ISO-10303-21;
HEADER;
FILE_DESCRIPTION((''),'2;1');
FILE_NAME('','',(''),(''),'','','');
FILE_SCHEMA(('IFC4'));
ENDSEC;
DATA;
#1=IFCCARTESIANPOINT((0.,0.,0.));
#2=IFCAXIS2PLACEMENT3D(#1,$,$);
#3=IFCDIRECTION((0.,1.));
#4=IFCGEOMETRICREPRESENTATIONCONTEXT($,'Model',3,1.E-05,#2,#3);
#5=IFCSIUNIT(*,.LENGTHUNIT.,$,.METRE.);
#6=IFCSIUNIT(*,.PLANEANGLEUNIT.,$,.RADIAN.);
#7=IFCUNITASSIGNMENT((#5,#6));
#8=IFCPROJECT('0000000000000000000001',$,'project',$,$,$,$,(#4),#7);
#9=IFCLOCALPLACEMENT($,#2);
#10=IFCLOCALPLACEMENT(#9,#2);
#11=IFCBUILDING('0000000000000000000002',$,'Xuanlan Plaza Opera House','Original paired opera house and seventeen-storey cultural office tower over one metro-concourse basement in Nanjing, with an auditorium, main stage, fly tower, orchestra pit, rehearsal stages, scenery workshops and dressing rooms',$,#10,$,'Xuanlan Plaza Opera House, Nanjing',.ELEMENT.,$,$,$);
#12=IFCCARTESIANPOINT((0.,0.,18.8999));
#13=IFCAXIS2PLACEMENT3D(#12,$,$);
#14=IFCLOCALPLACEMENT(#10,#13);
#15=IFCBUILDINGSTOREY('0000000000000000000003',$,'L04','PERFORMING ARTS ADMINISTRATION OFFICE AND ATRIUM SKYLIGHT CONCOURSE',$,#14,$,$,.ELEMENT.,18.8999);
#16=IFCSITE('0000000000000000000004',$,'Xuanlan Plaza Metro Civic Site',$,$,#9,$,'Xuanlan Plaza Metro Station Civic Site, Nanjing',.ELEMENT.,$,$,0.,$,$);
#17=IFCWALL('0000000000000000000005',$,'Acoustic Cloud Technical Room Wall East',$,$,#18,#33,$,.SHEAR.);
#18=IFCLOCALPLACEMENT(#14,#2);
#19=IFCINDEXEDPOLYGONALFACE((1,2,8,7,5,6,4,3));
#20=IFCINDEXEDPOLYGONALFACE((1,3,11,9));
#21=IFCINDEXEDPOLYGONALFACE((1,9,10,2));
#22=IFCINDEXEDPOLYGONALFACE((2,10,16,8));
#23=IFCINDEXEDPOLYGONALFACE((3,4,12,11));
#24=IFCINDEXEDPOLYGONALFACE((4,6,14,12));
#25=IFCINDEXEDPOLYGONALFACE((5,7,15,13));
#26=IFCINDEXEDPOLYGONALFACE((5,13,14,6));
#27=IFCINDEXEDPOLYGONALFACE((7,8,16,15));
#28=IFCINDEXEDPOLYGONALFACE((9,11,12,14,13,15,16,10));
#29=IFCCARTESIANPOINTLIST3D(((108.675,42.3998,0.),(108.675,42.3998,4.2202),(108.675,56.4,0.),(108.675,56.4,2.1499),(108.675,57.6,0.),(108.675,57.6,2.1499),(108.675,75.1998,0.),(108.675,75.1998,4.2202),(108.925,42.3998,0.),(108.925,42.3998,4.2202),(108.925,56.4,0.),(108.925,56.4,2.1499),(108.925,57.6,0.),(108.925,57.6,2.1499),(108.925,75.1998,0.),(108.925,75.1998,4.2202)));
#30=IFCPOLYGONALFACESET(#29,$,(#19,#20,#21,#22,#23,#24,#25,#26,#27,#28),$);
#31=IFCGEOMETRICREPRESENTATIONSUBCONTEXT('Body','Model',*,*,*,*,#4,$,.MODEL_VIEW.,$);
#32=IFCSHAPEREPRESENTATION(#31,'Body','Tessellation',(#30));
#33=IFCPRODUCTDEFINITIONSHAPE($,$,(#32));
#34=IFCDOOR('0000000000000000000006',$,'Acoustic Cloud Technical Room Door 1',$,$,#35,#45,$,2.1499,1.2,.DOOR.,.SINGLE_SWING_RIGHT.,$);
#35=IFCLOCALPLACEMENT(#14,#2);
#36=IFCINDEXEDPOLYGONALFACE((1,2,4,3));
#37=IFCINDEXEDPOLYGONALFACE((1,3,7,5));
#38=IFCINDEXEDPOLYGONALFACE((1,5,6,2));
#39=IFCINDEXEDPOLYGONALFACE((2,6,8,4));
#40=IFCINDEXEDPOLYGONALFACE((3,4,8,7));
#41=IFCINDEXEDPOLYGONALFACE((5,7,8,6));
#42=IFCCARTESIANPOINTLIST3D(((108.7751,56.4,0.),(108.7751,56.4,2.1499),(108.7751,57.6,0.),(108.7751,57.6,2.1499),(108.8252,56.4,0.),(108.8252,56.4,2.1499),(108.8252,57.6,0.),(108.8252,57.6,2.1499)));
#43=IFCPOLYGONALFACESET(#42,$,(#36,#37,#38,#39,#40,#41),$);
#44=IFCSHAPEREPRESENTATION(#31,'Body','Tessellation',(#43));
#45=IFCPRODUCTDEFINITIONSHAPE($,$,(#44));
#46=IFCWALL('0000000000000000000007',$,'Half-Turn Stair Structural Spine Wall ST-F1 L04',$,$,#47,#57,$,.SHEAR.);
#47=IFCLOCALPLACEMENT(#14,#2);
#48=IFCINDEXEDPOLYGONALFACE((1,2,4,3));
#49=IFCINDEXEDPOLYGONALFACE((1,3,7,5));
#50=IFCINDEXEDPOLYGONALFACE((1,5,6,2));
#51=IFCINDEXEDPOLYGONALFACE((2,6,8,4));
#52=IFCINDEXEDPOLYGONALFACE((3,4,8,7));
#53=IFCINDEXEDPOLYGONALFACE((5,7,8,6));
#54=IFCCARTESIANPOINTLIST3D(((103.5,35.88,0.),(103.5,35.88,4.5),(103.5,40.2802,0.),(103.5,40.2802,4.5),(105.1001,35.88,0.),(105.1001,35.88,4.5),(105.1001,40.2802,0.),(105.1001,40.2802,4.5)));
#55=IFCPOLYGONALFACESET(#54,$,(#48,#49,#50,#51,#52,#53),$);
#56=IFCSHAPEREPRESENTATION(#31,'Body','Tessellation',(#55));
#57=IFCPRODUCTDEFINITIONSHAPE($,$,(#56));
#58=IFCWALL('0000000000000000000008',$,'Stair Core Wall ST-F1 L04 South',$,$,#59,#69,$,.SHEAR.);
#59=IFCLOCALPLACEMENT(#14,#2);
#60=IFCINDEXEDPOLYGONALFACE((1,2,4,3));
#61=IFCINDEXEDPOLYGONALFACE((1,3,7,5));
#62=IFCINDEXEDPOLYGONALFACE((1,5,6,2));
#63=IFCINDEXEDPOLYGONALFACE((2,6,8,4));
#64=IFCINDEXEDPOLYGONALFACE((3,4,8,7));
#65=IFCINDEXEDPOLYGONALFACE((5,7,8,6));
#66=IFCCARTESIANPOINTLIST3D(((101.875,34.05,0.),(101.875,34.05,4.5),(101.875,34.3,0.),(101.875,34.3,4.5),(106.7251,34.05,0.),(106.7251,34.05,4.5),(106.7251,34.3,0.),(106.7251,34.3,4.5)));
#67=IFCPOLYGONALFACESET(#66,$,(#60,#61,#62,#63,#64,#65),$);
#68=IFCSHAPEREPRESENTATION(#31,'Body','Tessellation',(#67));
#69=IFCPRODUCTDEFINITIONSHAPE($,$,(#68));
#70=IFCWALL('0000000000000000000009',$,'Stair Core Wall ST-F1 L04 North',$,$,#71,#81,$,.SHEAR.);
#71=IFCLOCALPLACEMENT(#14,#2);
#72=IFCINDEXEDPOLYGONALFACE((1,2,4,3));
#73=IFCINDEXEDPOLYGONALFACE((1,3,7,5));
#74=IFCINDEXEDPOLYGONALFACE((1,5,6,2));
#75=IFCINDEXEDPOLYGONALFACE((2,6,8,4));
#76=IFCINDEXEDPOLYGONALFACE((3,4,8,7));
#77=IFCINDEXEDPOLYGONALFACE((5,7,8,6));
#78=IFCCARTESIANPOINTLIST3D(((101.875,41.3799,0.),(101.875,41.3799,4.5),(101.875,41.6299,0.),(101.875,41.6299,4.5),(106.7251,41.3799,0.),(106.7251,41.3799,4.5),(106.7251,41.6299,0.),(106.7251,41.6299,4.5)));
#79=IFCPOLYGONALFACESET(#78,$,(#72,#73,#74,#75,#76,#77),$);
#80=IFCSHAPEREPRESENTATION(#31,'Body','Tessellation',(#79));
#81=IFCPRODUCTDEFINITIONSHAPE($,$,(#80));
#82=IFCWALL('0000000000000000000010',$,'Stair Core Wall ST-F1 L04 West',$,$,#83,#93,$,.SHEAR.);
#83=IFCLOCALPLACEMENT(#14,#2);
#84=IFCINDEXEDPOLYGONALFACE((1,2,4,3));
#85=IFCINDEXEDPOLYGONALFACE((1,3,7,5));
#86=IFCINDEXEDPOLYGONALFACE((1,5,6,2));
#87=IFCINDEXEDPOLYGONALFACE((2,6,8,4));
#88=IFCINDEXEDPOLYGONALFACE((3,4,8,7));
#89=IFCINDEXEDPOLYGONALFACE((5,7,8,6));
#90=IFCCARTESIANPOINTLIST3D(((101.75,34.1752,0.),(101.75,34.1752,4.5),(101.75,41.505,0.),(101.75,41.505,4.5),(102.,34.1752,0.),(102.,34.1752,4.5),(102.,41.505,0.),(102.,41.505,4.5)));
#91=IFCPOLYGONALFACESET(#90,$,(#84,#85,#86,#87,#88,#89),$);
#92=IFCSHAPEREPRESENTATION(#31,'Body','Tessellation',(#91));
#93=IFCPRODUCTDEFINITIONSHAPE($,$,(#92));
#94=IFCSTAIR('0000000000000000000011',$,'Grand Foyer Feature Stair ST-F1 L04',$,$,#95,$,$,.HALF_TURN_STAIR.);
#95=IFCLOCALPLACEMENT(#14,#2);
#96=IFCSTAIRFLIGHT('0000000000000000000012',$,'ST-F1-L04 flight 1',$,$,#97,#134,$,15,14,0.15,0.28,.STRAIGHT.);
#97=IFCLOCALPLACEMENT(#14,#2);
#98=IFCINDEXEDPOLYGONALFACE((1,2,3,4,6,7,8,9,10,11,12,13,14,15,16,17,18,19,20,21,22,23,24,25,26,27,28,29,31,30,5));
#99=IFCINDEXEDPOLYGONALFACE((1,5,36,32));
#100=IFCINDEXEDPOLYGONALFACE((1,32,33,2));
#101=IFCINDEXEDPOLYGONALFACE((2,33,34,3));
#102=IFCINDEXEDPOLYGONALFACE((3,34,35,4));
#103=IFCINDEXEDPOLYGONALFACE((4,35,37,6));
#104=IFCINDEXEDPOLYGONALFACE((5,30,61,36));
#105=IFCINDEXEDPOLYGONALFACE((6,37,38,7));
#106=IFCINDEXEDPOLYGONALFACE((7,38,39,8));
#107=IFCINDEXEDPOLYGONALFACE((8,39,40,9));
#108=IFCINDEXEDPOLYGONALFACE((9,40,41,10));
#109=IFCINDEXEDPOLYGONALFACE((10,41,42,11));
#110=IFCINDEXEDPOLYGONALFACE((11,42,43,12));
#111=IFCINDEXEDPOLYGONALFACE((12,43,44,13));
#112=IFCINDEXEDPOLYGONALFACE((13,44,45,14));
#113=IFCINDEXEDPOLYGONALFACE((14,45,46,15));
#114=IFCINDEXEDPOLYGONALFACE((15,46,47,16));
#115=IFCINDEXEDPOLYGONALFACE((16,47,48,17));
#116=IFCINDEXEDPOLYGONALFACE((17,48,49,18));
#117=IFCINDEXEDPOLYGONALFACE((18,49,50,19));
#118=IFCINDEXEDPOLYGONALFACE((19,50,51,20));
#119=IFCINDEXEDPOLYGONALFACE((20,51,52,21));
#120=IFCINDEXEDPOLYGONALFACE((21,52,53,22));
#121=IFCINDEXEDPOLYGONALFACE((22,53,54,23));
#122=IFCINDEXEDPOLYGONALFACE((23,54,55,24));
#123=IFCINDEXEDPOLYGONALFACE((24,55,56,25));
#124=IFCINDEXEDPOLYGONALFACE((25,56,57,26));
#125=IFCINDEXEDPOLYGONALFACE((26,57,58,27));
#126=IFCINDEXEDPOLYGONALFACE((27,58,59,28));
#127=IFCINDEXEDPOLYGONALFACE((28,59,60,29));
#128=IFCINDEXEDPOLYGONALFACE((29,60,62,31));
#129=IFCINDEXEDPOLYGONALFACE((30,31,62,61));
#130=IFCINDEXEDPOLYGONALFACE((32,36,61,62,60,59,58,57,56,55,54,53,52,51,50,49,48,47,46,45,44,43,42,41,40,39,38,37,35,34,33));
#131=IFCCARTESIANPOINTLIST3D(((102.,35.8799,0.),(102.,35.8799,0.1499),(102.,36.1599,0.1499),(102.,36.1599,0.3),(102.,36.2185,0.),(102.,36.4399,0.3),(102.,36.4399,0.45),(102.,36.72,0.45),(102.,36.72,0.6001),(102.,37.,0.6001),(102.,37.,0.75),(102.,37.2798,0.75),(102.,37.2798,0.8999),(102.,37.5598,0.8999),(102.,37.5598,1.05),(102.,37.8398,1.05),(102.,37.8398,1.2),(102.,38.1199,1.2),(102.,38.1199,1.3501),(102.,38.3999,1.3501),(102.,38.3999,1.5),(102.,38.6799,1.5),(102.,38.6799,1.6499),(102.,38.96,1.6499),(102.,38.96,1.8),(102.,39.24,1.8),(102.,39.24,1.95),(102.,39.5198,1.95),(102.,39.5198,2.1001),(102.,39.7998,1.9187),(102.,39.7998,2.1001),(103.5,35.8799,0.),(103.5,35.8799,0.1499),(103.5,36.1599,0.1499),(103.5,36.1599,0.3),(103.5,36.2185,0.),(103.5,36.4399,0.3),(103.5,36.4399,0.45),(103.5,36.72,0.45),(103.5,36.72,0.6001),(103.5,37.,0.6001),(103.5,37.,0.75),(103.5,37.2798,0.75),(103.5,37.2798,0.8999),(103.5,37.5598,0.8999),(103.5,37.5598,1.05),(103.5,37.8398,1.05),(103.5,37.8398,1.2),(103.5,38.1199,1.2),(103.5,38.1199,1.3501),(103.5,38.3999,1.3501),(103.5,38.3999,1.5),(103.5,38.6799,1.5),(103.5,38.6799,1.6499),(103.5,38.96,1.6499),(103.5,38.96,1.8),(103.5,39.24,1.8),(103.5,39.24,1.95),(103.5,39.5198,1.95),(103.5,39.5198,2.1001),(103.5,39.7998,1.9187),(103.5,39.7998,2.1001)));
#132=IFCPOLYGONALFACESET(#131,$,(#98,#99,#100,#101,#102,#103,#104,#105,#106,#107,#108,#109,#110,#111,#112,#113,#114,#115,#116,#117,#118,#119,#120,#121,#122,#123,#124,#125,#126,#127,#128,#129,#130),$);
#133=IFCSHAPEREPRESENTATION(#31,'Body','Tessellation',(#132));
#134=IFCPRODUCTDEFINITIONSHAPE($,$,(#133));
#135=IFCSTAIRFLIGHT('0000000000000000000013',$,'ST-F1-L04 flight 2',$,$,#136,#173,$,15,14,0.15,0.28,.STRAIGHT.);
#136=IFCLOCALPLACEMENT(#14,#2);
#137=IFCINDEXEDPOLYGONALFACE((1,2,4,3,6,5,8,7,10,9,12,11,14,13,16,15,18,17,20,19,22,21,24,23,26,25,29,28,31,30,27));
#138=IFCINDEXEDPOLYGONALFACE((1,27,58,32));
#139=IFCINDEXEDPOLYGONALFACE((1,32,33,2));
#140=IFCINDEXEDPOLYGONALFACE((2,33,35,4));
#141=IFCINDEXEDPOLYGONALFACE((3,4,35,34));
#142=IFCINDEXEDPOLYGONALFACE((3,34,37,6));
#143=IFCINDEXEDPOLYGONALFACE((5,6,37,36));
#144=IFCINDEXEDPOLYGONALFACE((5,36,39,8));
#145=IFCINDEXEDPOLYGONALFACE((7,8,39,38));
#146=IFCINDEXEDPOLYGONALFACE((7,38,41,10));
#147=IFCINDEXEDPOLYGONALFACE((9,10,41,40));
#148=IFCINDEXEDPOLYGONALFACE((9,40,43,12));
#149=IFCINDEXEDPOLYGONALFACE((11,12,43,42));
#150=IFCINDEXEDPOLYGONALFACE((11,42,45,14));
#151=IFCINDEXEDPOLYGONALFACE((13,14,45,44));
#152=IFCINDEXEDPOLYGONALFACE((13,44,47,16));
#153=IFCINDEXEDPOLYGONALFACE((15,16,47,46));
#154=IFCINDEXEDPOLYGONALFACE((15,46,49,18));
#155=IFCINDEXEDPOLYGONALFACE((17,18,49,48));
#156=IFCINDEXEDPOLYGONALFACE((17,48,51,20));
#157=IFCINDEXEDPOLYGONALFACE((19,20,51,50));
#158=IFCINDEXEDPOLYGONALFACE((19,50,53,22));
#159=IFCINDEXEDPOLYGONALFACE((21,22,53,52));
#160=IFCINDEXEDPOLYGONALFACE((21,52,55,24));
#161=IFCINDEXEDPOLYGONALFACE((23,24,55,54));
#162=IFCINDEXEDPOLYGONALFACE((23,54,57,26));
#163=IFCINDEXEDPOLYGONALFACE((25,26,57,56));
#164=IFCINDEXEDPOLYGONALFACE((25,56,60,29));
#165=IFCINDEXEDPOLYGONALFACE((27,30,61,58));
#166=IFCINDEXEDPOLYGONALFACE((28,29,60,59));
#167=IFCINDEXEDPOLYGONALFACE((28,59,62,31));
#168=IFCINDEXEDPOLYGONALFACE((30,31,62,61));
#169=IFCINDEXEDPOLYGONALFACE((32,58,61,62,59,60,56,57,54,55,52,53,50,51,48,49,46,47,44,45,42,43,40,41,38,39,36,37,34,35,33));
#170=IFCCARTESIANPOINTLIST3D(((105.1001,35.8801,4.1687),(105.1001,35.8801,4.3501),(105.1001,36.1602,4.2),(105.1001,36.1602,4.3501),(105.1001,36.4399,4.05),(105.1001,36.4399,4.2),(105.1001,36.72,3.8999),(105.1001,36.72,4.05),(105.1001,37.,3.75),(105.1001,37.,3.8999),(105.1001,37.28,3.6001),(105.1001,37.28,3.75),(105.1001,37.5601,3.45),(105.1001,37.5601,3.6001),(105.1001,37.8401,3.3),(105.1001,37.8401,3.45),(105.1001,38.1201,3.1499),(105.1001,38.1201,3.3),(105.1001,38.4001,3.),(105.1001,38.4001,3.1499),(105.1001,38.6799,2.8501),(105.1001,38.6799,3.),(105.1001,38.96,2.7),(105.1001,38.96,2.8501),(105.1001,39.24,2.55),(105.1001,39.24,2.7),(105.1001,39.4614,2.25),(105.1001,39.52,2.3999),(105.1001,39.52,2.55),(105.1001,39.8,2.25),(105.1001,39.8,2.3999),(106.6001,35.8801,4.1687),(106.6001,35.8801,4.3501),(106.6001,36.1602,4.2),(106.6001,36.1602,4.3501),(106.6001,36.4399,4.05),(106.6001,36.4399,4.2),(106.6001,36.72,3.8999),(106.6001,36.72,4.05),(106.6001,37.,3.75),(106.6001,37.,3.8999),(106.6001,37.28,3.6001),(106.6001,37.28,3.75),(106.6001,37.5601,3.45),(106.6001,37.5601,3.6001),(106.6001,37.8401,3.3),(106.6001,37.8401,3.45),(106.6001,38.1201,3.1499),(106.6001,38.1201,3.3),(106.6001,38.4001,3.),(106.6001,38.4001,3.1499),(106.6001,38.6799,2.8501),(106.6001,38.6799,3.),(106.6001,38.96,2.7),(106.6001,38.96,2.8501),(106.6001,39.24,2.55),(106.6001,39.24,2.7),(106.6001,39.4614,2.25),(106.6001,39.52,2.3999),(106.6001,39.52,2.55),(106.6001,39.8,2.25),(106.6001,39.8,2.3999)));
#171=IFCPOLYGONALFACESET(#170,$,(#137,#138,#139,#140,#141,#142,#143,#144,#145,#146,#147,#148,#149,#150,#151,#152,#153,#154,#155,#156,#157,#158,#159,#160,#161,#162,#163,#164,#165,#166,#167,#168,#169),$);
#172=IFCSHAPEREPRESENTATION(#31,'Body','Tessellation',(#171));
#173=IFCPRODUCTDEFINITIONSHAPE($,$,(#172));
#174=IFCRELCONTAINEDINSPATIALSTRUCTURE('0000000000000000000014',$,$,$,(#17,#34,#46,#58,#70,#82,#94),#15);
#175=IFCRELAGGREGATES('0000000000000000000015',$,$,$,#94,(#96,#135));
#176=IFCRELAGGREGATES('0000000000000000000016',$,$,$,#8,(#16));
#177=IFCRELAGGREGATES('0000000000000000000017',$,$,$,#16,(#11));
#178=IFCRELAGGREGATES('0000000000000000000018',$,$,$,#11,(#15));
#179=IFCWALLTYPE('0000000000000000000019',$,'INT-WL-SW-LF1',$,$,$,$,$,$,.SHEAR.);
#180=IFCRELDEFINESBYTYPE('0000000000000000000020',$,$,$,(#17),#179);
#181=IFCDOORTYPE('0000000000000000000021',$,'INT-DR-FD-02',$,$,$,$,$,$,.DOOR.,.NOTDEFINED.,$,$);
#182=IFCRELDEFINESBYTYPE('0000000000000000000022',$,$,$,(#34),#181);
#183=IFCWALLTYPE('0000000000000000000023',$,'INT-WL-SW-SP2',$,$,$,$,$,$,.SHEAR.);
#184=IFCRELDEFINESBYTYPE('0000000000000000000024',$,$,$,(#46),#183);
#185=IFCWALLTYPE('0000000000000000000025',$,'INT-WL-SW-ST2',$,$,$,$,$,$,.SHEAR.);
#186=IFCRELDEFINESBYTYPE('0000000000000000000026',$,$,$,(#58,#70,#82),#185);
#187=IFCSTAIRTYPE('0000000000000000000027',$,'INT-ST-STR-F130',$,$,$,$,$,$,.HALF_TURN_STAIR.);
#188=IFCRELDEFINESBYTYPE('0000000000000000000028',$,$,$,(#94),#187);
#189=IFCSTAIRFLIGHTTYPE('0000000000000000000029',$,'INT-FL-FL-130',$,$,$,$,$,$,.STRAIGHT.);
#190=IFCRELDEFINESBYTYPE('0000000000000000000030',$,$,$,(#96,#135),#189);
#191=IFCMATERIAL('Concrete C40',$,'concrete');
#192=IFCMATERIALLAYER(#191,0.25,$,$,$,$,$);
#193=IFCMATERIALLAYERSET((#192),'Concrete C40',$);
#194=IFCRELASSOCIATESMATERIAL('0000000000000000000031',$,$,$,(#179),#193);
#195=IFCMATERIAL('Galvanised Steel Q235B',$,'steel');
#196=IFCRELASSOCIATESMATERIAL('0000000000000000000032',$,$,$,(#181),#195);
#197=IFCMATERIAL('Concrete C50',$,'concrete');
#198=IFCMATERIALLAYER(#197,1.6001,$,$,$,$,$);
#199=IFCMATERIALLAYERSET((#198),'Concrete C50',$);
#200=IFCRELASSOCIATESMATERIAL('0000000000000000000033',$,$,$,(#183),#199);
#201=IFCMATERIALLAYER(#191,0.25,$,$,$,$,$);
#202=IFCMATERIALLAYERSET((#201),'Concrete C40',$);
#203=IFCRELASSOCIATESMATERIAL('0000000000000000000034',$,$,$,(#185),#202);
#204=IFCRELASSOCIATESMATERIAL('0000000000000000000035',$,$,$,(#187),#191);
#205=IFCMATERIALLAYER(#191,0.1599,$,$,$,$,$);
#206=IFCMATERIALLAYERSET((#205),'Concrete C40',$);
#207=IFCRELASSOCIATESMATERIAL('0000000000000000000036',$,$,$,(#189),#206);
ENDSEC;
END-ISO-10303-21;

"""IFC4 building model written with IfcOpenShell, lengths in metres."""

from ifc_helpers import new_model, si_unit, direction, frame, frame_2d, origin, place, context, subcontext, project, spatial, polyline, rectangle, outline, extrude, material, layer, layer_set, type_object, element, fill, aggregate, save


model = new_model("IFC4")

# Units and contexts
model_context = context("Model", 3, precision=1e-05, world=origin(), true_north=direction((0.0, 1.0)))
body_context = subcontext(model_context, "Body", "Model", "MODEL_VIEW")
ifc_project = project(units=[si_unit("LENGTHUNIT", "METRE"), si_unit("PLANEANGLEUNIT", "RADIAN")], contexts=[model_context])

# Site, building, storey
site_placement = place(None, origin())
site = spatial("IfcSite", under=ifc_project, at=site_placement, Name="Xuanlan Plaza Metro Civic Site", LongName="Xuanlan Plaza Metro Station Civic Site, Nanjing", CompositionType="ELEMENT", RefElevation=0.0)
building_placement = place(site_placement, origin())
building = spatial("IfcBuilding", under=site, at=building_placement, Name="Xuanlan Plaza Opera House", Description="Original paired opera house and seventeen-storey cultural office tower over one metro-concourse basement in Nanjing, with an auditorium, main stage, fly tower, orchestra pit, rehearsal stages, scenery workshops and dressing rooms", LongName="Xuanlan Plaza Opera House, Nanjing", CompositionType="ELEMENT")
storey_placement = place(building_placement, frame((0.0, 0.0, 18.8999)))
storey = spatial("IfcBuildingStorey", under=building, at=storey_placement, Name="L04", Description="PERFORMING ARTS ADMINISTRATION OFFICE AND ATRIUM SKYLIGHT CONCOURSE", CompositionType="ELEMENT", Elevation=18.8999)

# Shared definitions
ifc_material_1 = material(Name="Concrete C50", Category="concrete")

# Shared definitions
ifc_material_2 = material(Name="Concrete C40", Category="concrete")

# Shared definitions
ifc_layer_1 = layer(ifc_material_2, 0.25)
ifc_layer_set_1 = layer_set([ifc_layer_1], Name="Concrete C40")
wall_type_1 = type_object("IfcWallType", Name="INT-WL-SW-LF1", PredefinedType="SHEAR", material=ifc_layer_set_1)

# Wall, opening, door
wall_1_placement = place(storey_placement, frame((108.8, 42.3999, 0.0), z_axis=(0.0, 0.0, 1.0), x_axis=(0.0, 1.0, 0.0)))
wall_1 = element("IfcWall", 1, at=wall_1_placement, inside=storey, type_object=wall_type_1, Name="Acoustic Cloud Technical Room Wall East", PredefinedType="SHEAR", context=body_context, shape_type="SweptSolid", body=[
    extrude(rectangle(XDim=32.8, YDim=0.25, at=frame_2d((16.3999, 0.0))), origin(), (0.0, 0.0, 1.0), 4.2202),
])
opening_1_placement = place(wall_1_placement, frame((14.0, 0.0, 0.0)))
opening_1 = element("IfcOpeningElement", 2, at=opening_1_placement, cuts=wall_1, PredefinedType="OPENING", context=body_context, shape_type="SweptSolid", body=[
    extrude(rectangle(XDim=1.2, YDim=2.1499, at=frame_2d((0.6001, 1.075))), frame((0.0, 0.135, 0.0), z_axis=(0.0, -1.0, 0.0), x_axis=(1.0, 0.0, 0.0)), (0.0, 0.0, 1.0), 0.27),
])
ifc_material_3 = material(Name="Galvanised Steel Q235B", Category="steel")
door_type_1 = type_object("IfcDoorType", Name="INT-DR-FD-02", OperationType="NOTDEFINED", PredefinedType="DOOR", material=ifc_material_3)
door_1_placement = place(opening_1_placement, origin())
door_1 = element("IfcDoor", 3, at=door_1_placement, inside=storey, type_object=door_type_1, Name="Acoustic Cloud Technical Room Door 1", OperationType="SINGLE_SWING_RIGHT", OverallHeight=2.1499, OverallWidth=1.2, PredefinedType="DOOR", context=body_context, shape_type="SweptSolid", body=[
    extrude(rectangle(XDim=1.2, YDim=2.1499, at=frame_2d((0.6001, 1.075))), frame((0.0, 0.0249, 0.0), z_axis=(0.0, -1.0, 0.0), x_axis=(1.0, 0.0, 0.0)), (0.0, 0.0, 1.0), 0.05),
])
fill(opening_1, door_1)

# Walls
ifc_layer_2 = layer(ifc_material_1, 1.6001)
ifc_layer_set_2 = layer_set([ifc_layer_2], Name="Concrete C50")
wall_type_2 = type_object("IfcWallType", Name="INT-WL-SW-SP2", PredefinedType="SHEAR", material=ifc_layer_set_2)
wall_2_placement = place(storey_placement, frame((104.3, 35.8799, 0.0), z_axis=(0.0, 0.0, 1.0), x_axis=(0.0, 1.0, 0.0)))
element("IfcWall", 4, at=wall_2_placement, inside=storey, type_object=wall_type_2, Name="Half-Turn Stair Structural Spine Wall ST-F1 L04", PredefinedType="SHEAR", context=body_context, shape_type="SweptSolid", body=[
    extrude(rectangle(XDim=4.4001, YDim=1.6001, at=frame_2d((2.2002, 0.0))), origin(), (0.0, 0.0, 1.0), 4.5),
])
ifc_layer_3 = layer(ifc_material_2, 0.25)
ifc_layer_set_3 = layer_set([ifc_layer_3], Name="Concrete C40")
wall_type_3 = type_object("IfcWallType", Name="INT-WL-SW-ST2", PredefinedType="SHEAR", material=ifc_layer_set_3)
for number, where, z_axis, x_axis, name in (
    (5, (101.875, 34.175, 0.0), (0.0, 0.0, 1.0), (1.0, 0.0, 0.0), "Stair Core Wall ST-F1 L04 South"),
    (6, (101.875, 41.5049, 0.0), (0.0, 0.0, 1.0), (1.0, 0.0, 0.0), "Stair Core Wall ST-F1 L04 North"),
):
    element("IfcWall", number, at=place(storey_placement, frame(where, z_axis=z_axis, x_axis=x_axis)), inside=storey, type_object=wall_type_3, Name=name, PredefinedType="SHEAR", context=body_context, shape_type="SweptSolid", body=[
        extrude(rectangle(XDim=4.8501, YDim=0.25, at=frame_2d((2.425, 0.0))), origin(), (0.0, 0.0, 1.0), 4.5),
    ])
wall_3_placement = place(storey_placement, frame((101.875, 34.175, 0.0), z_axis=(0.0, 0.0, 1.0), x_axis=(0.0, 1.0, 0.0)))
element("IfcWall", 7, at=wall_3_placement, inside=storey, type_object=wall_type_3, Name="Stair Core Wall ST-F1 L04 West", PredefinedType="SHEAR", context=body_context, shape_type="SweptSolid", body=[
    extrude(rectangle(XDim=7.3298, YDim=0.25, at=frame_2d((3.665, 0.0))), origin(), (0.0, 0.0, 1.0), 4.5),
])

# Stair, stair flights
stair_type = type_object("IfcStairType", Name="INT-ST-STR-F130", PredefinedType="HALF_TURN_STAIR", material=ifc_material_2)
stair_placement = place(storey_placement, origin())
stair = element("IfcStair", 8, at=stair_placement, inside=storey, type_object=stair_type, Name="Grand Foyer Feature Stair ST-F1 L04", PredefinedType="HALF_TURN_STAIR")
ifc_layer_4 = layer(ifc_material_2, 0.1599)
ifc_layer_set_4 = layer_set([ifc_layer_4], Name="Concrete C40")
stair_flight_type = type_object("IfcStairFlightType", Name="INT-FL-FL-130", PredefinedType="STRAIGHT", material=ifc_layer_set_4)
stair_flight_1_placement = place(storey_placement, frame((102.75, 35.8799, 0.0), z_axis=(0.0, 0.0, 1.0), x_axis=(0.0, 1.0, 0.0)))
stair_flight_1 = element("IfcStairFlight", 9, at=stair_flight_1_placement, type_object=stair_flight_type, Name="ST-F1-L04 flight 1", NumberOfRisers=15, NumberOfTreads=14, PredefinedType="STRAIGHT", RiserHeight=0.15, TreadLength=0.28, context=body_context, shape_type="SweptSolid", body=[
    extrude(outline(polyline([(0.0, 0.0), (0.0, 0.1499), (0.28, 0.1499), (0.28, 0.3), (0.5601, 0.3), (0.5601, 0.45), (0.8401, 0.45), (0.8401, 0.6001), (1.1201, 0.6001), (1.1201, 0.75), (1.3999, 0.75), (1.3999, 0.8999), (1.6799, 0.8999), (1.6799, 1.05), (1.96, 1.05), (1.96, 1.2), (2.24, 1.2), (2.24, 1.3501), (2.52, 1.3501), (2.52, 1.5), (2.8, 1.5), (2.8, 1.6499), (3.0801, 1.6499), (3.0801, 1.8), (3.3601, 1.8), (3.3601, 1.95), (3.6399, 1.95), (3.6399, 2.1001), (3.9199, 2.1001), (3.9199, 2.25), (3.9199, 1.9187), (0.3386, 0.0), (0.0, 0.0)])), frame((0.0, 0.75, 0.0), z_axis=(0.0, -1.0, 0.0), x_axis=(1.0, 0.0, 0.0)), (0.0, 0.0, 1.0), 1.5),
])
stair_flight_2_placement = place(storey_placement, frame((105.8501, 39.8, 2.25), z_axis=(0.0, 0.0, 1.0), x_axis=(0.0, -1.0, 0.0)))
stair_flight_2 = element("IfcStairFlight", 10, at=stair_flight_2_placement, type_object=stair_flight_type, Name="ST-F1-L04 flight 2", NumberOfRisers=15, NumberOfTreads=14, PredefinedType="STRAIGHT", RiserHeight=0.15, TreadLength=0.28, context=body_context, shape_type="SweptSolid", body=[
    extrude(outline(polyline([(0.0, 0.0), (0.0, 0.1499), (0.28, 0.1499), (0.28, 0.3), (0.5601, 0.3), (0.5601, 0.45), (0.8401, 0.45), (0.8401, 0.6001), (1.1201, 0.6001), (1.1201, 0.75), (1.3999, 0.75), (1.3999, 0.8999), (1.6799, 0.8999), (1.6799, 1.05), (1.96, 1.05), (1.96, 1.2), (2.24, 1.2), (2.24, 1.3501), (2.52, 1.3501), (2.52, 1.5), (2.8, 1.5), (2.8, 1.6499), (3.0801, 1.6499), (3.0801, 1.8), (3.3601, 1.8), (3.3601, 1.95), (3.6399, 1.95), (3.6399, 2.1001), (3.9199, 2.1001), (3.9199, 2.25), (3.9199, 1.9187), (0.3386, 0.0), (0.0, 0.0)])), frame((0.0, 0.75, 0.0), z_axis=(0.0, -1.0, 0.0), x_axis=(1.0, 0.0, 0.0)), (0.0, 0.0, 1.0), 1.5),
])
aggregate(stair, [stair_flight_1, stair_flight_2])

save(model, "model.ifc")
